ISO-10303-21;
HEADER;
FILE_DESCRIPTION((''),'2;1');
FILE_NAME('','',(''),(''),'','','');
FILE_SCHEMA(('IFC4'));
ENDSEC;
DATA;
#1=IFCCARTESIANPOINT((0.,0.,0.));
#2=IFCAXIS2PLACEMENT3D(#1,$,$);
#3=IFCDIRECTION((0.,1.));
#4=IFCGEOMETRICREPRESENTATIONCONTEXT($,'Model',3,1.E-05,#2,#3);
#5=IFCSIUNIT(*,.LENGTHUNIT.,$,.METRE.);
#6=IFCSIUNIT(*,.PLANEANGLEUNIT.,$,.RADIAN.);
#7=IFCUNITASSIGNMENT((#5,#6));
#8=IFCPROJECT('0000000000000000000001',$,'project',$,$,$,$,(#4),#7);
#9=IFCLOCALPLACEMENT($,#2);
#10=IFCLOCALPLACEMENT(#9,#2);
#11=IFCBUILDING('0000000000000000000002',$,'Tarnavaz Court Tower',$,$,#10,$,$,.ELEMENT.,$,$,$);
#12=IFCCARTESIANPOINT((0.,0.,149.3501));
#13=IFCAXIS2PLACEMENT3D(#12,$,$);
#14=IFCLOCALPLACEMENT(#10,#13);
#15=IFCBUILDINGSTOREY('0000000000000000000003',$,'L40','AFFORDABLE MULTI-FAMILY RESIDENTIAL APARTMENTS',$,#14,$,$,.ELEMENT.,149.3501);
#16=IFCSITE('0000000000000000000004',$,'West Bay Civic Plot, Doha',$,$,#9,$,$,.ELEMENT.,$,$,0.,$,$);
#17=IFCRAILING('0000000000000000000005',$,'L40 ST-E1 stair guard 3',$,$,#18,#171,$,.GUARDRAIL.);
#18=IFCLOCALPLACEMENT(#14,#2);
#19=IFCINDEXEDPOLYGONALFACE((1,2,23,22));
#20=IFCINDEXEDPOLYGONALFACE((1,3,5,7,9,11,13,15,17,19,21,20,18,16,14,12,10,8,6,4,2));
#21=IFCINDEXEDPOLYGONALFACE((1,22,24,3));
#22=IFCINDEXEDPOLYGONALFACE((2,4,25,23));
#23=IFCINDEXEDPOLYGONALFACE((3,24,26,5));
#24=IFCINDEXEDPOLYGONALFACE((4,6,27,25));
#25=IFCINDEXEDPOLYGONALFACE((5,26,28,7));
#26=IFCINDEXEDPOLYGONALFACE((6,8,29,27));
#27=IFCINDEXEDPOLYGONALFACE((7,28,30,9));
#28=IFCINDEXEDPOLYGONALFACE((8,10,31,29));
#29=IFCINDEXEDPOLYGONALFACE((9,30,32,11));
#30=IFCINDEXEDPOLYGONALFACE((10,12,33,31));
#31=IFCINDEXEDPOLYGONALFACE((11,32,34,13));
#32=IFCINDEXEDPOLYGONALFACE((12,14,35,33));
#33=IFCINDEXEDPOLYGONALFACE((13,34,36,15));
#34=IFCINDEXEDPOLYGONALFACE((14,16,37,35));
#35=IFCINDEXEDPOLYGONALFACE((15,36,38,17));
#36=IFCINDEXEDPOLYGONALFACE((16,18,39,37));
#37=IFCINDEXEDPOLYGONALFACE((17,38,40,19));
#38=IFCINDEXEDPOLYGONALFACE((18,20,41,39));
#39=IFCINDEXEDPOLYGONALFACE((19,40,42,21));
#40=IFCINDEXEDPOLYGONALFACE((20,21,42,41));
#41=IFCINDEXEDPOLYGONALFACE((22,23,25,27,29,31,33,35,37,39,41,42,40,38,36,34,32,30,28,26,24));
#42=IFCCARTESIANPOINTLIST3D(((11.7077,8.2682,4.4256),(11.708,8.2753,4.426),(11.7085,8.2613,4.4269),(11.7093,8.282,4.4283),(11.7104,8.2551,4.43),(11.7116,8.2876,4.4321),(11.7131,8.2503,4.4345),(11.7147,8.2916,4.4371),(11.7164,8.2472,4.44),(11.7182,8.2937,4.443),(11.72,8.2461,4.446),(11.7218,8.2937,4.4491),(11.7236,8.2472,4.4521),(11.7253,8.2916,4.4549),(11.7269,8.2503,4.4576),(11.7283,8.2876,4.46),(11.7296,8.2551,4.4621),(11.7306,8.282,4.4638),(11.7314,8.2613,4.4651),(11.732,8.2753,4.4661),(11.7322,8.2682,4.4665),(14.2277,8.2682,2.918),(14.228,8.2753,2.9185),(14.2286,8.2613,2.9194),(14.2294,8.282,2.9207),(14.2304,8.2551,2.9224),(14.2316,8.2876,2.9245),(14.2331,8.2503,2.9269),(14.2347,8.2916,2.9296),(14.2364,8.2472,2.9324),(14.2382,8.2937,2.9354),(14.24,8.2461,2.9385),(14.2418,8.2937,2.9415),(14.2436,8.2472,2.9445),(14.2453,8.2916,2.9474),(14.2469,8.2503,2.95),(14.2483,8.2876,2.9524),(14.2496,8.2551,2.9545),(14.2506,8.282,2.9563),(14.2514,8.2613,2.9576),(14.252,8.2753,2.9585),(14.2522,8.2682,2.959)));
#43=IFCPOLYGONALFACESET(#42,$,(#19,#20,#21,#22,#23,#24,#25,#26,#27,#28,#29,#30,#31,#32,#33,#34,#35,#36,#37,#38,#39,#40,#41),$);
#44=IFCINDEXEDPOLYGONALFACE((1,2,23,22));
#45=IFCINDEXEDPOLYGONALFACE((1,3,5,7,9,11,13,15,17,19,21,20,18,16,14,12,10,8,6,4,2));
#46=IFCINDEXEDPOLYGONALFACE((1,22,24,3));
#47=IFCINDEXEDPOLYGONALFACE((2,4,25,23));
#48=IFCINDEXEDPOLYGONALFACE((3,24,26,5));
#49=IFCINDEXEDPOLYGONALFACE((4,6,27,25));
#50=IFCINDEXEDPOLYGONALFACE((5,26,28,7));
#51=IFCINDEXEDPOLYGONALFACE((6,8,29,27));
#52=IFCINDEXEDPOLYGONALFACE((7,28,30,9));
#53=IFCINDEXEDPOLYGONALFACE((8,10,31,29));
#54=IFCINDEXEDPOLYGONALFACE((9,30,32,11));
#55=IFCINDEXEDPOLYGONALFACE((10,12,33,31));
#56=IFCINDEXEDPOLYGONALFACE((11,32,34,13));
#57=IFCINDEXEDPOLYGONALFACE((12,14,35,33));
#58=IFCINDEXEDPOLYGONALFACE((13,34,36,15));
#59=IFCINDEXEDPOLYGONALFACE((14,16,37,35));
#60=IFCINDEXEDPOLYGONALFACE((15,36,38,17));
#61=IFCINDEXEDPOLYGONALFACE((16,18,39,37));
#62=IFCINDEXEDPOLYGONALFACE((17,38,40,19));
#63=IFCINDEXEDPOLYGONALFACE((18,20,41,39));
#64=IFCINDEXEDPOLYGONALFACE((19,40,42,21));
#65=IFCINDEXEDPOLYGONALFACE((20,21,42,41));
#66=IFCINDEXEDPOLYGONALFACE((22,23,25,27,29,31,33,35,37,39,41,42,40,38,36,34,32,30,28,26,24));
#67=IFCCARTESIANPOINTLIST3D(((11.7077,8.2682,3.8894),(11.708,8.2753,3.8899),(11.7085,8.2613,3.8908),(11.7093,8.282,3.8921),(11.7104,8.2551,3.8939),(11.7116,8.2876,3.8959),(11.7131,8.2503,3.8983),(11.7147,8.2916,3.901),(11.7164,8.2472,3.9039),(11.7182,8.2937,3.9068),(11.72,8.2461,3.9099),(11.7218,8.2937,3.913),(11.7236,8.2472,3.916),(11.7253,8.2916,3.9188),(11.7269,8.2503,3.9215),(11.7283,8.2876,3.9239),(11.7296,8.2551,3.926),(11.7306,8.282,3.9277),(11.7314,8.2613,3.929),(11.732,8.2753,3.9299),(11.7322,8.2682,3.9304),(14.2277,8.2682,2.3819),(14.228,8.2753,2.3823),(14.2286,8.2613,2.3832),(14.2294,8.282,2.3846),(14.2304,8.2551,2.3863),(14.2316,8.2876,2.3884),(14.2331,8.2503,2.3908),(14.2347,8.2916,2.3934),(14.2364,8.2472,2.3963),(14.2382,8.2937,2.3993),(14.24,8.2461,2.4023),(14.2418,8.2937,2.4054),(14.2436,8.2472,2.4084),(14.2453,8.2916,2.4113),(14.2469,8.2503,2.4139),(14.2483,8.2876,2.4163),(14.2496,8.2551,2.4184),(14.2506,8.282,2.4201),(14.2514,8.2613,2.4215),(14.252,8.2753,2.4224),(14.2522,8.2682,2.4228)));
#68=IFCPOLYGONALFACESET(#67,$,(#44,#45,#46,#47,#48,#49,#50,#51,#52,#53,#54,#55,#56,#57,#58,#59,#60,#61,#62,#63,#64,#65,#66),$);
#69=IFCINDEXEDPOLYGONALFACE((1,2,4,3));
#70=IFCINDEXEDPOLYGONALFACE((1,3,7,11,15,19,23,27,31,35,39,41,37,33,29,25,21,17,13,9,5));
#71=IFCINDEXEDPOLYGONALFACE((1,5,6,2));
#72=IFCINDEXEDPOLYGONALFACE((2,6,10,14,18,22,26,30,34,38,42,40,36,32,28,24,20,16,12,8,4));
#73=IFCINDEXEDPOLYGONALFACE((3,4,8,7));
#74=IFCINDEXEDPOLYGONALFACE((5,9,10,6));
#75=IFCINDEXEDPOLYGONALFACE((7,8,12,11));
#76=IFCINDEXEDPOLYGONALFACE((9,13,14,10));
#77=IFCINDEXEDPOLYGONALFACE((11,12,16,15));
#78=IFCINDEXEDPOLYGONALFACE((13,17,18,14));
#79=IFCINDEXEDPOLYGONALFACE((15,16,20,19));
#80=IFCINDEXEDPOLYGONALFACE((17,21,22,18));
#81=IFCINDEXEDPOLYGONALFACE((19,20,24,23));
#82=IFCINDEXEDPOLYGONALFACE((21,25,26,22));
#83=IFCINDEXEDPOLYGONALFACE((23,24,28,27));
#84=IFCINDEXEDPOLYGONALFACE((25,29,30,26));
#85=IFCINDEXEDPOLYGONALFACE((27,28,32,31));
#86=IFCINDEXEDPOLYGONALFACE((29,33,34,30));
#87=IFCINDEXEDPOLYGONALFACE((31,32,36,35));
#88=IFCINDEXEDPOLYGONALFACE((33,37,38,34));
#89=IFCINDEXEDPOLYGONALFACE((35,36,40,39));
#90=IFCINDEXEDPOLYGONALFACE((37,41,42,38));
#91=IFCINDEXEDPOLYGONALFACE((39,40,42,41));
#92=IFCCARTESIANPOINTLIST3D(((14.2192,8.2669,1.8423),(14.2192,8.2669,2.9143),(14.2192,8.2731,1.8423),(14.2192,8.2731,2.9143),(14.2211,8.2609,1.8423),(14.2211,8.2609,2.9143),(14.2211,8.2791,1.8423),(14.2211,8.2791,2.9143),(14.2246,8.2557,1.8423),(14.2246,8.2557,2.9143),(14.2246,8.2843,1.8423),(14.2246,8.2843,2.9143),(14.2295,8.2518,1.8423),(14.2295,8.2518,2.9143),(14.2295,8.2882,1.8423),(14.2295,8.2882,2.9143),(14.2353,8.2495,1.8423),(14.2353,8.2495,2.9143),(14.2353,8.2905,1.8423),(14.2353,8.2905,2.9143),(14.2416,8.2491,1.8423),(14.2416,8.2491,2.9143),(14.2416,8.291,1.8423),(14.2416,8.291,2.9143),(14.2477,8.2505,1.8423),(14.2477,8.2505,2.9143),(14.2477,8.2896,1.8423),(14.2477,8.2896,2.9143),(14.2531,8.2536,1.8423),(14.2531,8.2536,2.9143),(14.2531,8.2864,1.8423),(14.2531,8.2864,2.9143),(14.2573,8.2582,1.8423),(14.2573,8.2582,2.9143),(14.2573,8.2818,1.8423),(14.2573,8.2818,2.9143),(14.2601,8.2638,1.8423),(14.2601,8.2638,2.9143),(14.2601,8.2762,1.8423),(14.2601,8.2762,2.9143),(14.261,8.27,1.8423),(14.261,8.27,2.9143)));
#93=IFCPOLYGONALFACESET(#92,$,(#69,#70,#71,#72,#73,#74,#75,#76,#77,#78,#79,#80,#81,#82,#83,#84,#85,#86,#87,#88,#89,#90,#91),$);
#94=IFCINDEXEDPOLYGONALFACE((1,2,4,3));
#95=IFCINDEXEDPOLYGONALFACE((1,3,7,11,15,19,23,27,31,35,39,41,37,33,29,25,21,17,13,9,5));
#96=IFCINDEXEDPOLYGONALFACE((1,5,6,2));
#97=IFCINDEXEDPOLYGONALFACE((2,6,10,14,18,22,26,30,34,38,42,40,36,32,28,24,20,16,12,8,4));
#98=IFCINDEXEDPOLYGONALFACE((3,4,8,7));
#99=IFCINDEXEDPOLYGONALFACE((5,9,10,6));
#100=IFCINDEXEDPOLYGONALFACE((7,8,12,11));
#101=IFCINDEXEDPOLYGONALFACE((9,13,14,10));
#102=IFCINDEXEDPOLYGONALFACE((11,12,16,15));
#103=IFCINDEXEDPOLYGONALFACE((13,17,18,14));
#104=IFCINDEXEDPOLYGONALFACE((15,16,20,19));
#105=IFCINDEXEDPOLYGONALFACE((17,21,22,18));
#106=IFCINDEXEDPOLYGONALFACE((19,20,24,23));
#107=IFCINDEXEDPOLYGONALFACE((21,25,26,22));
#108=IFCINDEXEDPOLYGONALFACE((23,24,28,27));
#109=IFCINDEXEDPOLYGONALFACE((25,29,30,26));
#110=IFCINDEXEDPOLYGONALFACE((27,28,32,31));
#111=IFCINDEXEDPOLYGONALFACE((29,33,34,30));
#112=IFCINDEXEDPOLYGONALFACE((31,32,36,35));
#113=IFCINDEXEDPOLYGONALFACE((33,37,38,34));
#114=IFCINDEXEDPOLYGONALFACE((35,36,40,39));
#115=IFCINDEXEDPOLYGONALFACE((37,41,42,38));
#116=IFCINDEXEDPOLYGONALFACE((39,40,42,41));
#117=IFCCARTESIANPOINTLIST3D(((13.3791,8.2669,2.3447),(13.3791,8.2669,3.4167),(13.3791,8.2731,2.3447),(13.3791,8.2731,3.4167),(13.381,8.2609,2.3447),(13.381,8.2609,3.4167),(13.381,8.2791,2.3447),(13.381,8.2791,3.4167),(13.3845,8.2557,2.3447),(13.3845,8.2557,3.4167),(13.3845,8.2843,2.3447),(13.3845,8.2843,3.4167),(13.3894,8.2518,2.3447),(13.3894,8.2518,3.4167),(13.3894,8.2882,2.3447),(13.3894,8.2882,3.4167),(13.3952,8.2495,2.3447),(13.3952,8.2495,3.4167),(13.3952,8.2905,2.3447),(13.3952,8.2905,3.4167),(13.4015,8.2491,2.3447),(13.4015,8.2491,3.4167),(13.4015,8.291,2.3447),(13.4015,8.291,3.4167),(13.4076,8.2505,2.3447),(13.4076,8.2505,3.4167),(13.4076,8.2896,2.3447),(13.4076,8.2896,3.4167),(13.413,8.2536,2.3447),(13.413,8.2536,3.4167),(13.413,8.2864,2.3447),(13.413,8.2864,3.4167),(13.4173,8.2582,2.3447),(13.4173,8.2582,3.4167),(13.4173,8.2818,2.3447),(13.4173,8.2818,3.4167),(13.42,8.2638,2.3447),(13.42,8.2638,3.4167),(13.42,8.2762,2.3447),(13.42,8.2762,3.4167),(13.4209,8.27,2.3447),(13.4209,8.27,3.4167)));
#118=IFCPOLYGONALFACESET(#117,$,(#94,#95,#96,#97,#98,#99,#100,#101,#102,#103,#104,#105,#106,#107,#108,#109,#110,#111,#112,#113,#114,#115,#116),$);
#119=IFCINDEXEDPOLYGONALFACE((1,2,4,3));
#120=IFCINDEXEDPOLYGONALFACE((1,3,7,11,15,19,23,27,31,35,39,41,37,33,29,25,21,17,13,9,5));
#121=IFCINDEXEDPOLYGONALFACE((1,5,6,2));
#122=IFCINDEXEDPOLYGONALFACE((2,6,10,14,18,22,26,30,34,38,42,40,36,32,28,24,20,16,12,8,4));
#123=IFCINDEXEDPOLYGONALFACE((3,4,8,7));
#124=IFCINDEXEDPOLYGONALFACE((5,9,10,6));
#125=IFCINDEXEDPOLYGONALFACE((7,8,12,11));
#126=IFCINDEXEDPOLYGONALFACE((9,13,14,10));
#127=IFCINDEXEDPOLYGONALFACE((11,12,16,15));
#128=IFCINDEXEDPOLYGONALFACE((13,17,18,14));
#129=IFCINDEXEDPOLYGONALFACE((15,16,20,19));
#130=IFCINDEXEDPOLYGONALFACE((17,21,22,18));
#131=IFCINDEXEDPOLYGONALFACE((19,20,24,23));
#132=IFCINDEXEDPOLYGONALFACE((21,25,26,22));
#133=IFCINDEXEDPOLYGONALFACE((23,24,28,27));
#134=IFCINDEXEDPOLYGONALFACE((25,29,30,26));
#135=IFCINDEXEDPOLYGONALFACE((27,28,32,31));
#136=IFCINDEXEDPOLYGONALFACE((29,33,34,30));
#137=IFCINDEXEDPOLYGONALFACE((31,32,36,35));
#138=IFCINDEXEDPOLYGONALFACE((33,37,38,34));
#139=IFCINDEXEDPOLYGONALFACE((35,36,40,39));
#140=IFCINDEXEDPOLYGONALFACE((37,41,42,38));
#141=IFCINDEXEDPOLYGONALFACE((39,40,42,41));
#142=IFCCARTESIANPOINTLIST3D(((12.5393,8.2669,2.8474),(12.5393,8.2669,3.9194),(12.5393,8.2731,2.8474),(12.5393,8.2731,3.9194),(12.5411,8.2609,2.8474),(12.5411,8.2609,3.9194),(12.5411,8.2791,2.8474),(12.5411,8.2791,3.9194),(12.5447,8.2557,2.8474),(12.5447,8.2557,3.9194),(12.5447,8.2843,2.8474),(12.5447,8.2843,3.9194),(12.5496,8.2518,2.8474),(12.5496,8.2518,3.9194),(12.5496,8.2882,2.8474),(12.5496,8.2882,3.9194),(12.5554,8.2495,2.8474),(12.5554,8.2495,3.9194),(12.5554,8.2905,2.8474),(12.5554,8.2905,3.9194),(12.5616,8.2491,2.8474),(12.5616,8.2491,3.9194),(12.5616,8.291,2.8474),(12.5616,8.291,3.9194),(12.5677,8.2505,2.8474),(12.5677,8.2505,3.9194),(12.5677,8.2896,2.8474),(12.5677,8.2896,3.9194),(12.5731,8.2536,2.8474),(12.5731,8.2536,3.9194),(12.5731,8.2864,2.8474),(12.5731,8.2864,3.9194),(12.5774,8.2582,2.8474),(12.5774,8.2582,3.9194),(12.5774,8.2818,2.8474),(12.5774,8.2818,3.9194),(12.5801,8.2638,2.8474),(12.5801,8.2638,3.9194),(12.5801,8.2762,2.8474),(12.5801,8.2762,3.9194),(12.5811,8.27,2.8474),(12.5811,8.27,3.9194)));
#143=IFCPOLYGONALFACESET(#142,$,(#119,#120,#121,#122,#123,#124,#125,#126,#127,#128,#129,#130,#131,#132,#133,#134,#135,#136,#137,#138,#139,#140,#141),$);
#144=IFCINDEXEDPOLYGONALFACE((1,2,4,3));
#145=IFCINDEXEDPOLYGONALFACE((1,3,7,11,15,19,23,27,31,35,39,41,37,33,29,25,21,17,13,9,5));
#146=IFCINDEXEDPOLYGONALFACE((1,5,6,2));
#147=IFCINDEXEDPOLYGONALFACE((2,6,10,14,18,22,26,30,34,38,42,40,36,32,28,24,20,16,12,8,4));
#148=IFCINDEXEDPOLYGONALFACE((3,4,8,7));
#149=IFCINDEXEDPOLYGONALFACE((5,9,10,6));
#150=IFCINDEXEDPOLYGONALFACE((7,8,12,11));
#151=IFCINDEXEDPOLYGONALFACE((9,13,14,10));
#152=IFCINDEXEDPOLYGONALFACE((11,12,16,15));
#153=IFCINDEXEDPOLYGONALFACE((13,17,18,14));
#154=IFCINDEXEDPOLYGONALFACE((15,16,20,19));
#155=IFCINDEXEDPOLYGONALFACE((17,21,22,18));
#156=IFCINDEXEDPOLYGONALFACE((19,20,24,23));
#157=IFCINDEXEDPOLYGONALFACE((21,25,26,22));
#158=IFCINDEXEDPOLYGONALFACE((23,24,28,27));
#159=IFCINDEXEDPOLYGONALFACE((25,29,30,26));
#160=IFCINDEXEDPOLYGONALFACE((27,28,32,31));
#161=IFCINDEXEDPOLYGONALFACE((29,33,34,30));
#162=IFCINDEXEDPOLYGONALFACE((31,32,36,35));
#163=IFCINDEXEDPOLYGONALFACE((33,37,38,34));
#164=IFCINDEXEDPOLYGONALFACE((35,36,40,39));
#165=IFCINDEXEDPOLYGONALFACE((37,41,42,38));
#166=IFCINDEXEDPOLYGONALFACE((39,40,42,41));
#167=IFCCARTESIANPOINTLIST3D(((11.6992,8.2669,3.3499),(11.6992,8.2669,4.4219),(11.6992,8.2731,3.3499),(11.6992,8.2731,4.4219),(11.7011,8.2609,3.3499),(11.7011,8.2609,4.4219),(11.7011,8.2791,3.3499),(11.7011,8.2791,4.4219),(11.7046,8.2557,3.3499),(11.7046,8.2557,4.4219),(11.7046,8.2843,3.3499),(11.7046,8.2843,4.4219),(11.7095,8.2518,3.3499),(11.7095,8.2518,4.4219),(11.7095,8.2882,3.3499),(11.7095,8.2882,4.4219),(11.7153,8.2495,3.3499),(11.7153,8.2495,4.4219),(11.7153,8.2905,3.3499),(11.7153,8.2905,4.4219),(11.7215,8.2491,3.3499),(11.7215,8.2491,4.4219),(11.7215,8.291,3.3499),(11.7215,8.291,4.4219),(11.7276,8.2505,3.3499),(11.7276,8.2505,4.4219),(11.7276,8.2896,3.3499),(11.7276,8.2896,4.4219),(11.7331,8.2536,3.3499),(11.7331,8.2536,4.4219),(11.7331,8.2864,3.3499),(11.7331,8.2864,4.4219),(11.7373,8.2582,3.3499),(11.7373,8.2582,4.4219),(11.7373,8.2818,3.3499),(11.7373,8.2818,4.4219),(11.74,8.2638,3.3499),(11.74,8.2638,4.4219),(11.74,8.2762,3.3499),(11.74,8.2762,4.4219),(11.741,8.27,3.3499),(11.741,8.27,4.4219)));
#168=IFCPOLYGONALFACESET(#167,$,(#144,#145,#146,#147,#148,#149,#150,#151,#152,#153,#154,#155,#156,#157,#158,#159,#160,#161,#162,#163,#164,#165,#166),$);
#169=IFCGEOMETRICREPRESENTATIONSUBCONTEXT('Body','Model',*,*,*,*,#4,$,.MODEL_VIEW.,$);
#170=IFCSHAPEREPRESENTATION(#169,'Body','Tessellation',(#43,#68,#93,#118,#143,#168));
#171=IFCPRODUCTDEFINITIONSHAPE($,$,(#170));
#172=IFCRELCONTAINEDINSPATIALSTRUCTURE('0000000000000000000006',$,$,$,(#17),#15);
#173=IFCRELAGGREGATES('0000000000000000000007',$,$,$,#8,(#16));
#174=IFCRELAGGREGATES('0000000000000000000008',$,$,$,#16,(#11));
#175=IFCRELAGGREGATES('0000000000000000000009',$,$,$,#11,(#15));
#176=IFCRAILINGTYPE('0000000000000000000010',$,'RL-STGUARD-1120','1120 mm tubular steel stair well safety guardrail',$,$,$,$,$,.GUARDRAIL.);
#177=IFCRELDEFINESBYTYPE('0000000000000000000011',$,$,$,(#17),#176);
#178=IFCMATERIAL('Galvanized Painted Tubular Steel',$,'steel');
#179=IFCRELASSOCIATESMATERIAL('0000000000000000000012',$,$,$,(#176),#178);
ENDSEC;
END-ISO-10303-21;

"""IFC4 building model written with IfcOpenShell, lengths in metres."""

from ifc_helpers import new_model, si_unit, direction, frame, origin, origin_2d, place, context, subcontext, project, spatial, circle, extrude, material, type_object, element, save


model = new_model("IFC4")

# Units and contexts
model_context = context("Model", 3, precision=1e-05, world=origin(), true_north=direction((0.0, 1.0)))
body_context = subcontext(model_context, "Body", "Model", "MODEL_VIEW")
ifc_project = project(units=[si_unit("LENGTHUNIT", "METRE"), si_unit("PLANEANGLEUNIT", "RADIAN")], contexts=[model_context])

# Site, building, storey
site_placement = place(None, origin())
site = spatial("IfcSite", under=ifc_project, at=site_placement, Name="West Bay Civic Plot, Doha", CompositionType="ELEMENT", RefElevation=0.0)
building_placement = place(site_placement, origin())
building = spatial("IfcBuilding", under=site, at=building_placement, Name="Tarnavaz Court Tower", CompositionType="ELEMENT")
storey_placement = place(building_placement, frame((0.0, 0.0, 149.3501)))
storey = spatial("IfcBuildingStorey", under=building, at=storey_placement, Name="L40", Description="AFFORDABLE MULTI-FAMILY RESIDENTIAL APARTMENTS", CompositionType="ELEMENT", Elevation=149.3501)

# Railing
ifc_material_1 = material(Name="Galvanized Painted Tubular Steel", Category="steel")
railing_type_1 = type_object("IfcRailingType", Name="RL-STGUARD-1120", Description="1120 mm tubular steel stair well safety guardrail", PredefinedType="GUARDRAIL", material=ifc_material_1)
railing_1_placement = place(storey_placement, frame((14.24, 8.27, 1.8423)))
element("IfcRailing", 1, at=railing_1_placement, inside=storey, type_object=railing_type_1, Name="L40 ST-E1 stair guard 3", PredefinedType="GUARDRAIL", context=body_context, shape_type="SweptSolid", body=[
    extrude(circle(Radius=0.0239, at=origin_2d()), frame((0.0, 0.0, 1.0962), z_axis=(-0.85816, 0.0, 0.513383), x_axis=(0.0, -1.0, 0.0)), (0.0, 0.0, 1.0), 2.9365),
    extrude(circle(Radius=0.0239, at=origin_2d()), frame((0.0, 0.0, 0.5601), z_axis=(-0.85816, 0.0, 0.513383), x_axis=(0.0, -1.0, 0.0)), (0.0, 0.0, 1.0), 2.9365),
    extrude(circle(Radius=0.021, at=origin_2d()), origin(), (0.0, 0.0, 1.0), 1.072),
    extrude(circle(Radius=0.021, at=origin_2d()), frame((-0.8401, 0.0, 0.5024)), (0.0, 0.0, 1.0), 1.072),
    extrude(circle(Radius=0.021, at=origin_2d()), frame((-1.6799, 0.0, 1.0051)), (0.0, 0.0, 1.0), 1.072),
    extrude(circle(Radius=0.021, at=origin_2d()), frame((-2.52, 0.0, 1.5076)), (0.0, 0.0, 1.0), 1.072),
])

save(model, "model.ifc")
